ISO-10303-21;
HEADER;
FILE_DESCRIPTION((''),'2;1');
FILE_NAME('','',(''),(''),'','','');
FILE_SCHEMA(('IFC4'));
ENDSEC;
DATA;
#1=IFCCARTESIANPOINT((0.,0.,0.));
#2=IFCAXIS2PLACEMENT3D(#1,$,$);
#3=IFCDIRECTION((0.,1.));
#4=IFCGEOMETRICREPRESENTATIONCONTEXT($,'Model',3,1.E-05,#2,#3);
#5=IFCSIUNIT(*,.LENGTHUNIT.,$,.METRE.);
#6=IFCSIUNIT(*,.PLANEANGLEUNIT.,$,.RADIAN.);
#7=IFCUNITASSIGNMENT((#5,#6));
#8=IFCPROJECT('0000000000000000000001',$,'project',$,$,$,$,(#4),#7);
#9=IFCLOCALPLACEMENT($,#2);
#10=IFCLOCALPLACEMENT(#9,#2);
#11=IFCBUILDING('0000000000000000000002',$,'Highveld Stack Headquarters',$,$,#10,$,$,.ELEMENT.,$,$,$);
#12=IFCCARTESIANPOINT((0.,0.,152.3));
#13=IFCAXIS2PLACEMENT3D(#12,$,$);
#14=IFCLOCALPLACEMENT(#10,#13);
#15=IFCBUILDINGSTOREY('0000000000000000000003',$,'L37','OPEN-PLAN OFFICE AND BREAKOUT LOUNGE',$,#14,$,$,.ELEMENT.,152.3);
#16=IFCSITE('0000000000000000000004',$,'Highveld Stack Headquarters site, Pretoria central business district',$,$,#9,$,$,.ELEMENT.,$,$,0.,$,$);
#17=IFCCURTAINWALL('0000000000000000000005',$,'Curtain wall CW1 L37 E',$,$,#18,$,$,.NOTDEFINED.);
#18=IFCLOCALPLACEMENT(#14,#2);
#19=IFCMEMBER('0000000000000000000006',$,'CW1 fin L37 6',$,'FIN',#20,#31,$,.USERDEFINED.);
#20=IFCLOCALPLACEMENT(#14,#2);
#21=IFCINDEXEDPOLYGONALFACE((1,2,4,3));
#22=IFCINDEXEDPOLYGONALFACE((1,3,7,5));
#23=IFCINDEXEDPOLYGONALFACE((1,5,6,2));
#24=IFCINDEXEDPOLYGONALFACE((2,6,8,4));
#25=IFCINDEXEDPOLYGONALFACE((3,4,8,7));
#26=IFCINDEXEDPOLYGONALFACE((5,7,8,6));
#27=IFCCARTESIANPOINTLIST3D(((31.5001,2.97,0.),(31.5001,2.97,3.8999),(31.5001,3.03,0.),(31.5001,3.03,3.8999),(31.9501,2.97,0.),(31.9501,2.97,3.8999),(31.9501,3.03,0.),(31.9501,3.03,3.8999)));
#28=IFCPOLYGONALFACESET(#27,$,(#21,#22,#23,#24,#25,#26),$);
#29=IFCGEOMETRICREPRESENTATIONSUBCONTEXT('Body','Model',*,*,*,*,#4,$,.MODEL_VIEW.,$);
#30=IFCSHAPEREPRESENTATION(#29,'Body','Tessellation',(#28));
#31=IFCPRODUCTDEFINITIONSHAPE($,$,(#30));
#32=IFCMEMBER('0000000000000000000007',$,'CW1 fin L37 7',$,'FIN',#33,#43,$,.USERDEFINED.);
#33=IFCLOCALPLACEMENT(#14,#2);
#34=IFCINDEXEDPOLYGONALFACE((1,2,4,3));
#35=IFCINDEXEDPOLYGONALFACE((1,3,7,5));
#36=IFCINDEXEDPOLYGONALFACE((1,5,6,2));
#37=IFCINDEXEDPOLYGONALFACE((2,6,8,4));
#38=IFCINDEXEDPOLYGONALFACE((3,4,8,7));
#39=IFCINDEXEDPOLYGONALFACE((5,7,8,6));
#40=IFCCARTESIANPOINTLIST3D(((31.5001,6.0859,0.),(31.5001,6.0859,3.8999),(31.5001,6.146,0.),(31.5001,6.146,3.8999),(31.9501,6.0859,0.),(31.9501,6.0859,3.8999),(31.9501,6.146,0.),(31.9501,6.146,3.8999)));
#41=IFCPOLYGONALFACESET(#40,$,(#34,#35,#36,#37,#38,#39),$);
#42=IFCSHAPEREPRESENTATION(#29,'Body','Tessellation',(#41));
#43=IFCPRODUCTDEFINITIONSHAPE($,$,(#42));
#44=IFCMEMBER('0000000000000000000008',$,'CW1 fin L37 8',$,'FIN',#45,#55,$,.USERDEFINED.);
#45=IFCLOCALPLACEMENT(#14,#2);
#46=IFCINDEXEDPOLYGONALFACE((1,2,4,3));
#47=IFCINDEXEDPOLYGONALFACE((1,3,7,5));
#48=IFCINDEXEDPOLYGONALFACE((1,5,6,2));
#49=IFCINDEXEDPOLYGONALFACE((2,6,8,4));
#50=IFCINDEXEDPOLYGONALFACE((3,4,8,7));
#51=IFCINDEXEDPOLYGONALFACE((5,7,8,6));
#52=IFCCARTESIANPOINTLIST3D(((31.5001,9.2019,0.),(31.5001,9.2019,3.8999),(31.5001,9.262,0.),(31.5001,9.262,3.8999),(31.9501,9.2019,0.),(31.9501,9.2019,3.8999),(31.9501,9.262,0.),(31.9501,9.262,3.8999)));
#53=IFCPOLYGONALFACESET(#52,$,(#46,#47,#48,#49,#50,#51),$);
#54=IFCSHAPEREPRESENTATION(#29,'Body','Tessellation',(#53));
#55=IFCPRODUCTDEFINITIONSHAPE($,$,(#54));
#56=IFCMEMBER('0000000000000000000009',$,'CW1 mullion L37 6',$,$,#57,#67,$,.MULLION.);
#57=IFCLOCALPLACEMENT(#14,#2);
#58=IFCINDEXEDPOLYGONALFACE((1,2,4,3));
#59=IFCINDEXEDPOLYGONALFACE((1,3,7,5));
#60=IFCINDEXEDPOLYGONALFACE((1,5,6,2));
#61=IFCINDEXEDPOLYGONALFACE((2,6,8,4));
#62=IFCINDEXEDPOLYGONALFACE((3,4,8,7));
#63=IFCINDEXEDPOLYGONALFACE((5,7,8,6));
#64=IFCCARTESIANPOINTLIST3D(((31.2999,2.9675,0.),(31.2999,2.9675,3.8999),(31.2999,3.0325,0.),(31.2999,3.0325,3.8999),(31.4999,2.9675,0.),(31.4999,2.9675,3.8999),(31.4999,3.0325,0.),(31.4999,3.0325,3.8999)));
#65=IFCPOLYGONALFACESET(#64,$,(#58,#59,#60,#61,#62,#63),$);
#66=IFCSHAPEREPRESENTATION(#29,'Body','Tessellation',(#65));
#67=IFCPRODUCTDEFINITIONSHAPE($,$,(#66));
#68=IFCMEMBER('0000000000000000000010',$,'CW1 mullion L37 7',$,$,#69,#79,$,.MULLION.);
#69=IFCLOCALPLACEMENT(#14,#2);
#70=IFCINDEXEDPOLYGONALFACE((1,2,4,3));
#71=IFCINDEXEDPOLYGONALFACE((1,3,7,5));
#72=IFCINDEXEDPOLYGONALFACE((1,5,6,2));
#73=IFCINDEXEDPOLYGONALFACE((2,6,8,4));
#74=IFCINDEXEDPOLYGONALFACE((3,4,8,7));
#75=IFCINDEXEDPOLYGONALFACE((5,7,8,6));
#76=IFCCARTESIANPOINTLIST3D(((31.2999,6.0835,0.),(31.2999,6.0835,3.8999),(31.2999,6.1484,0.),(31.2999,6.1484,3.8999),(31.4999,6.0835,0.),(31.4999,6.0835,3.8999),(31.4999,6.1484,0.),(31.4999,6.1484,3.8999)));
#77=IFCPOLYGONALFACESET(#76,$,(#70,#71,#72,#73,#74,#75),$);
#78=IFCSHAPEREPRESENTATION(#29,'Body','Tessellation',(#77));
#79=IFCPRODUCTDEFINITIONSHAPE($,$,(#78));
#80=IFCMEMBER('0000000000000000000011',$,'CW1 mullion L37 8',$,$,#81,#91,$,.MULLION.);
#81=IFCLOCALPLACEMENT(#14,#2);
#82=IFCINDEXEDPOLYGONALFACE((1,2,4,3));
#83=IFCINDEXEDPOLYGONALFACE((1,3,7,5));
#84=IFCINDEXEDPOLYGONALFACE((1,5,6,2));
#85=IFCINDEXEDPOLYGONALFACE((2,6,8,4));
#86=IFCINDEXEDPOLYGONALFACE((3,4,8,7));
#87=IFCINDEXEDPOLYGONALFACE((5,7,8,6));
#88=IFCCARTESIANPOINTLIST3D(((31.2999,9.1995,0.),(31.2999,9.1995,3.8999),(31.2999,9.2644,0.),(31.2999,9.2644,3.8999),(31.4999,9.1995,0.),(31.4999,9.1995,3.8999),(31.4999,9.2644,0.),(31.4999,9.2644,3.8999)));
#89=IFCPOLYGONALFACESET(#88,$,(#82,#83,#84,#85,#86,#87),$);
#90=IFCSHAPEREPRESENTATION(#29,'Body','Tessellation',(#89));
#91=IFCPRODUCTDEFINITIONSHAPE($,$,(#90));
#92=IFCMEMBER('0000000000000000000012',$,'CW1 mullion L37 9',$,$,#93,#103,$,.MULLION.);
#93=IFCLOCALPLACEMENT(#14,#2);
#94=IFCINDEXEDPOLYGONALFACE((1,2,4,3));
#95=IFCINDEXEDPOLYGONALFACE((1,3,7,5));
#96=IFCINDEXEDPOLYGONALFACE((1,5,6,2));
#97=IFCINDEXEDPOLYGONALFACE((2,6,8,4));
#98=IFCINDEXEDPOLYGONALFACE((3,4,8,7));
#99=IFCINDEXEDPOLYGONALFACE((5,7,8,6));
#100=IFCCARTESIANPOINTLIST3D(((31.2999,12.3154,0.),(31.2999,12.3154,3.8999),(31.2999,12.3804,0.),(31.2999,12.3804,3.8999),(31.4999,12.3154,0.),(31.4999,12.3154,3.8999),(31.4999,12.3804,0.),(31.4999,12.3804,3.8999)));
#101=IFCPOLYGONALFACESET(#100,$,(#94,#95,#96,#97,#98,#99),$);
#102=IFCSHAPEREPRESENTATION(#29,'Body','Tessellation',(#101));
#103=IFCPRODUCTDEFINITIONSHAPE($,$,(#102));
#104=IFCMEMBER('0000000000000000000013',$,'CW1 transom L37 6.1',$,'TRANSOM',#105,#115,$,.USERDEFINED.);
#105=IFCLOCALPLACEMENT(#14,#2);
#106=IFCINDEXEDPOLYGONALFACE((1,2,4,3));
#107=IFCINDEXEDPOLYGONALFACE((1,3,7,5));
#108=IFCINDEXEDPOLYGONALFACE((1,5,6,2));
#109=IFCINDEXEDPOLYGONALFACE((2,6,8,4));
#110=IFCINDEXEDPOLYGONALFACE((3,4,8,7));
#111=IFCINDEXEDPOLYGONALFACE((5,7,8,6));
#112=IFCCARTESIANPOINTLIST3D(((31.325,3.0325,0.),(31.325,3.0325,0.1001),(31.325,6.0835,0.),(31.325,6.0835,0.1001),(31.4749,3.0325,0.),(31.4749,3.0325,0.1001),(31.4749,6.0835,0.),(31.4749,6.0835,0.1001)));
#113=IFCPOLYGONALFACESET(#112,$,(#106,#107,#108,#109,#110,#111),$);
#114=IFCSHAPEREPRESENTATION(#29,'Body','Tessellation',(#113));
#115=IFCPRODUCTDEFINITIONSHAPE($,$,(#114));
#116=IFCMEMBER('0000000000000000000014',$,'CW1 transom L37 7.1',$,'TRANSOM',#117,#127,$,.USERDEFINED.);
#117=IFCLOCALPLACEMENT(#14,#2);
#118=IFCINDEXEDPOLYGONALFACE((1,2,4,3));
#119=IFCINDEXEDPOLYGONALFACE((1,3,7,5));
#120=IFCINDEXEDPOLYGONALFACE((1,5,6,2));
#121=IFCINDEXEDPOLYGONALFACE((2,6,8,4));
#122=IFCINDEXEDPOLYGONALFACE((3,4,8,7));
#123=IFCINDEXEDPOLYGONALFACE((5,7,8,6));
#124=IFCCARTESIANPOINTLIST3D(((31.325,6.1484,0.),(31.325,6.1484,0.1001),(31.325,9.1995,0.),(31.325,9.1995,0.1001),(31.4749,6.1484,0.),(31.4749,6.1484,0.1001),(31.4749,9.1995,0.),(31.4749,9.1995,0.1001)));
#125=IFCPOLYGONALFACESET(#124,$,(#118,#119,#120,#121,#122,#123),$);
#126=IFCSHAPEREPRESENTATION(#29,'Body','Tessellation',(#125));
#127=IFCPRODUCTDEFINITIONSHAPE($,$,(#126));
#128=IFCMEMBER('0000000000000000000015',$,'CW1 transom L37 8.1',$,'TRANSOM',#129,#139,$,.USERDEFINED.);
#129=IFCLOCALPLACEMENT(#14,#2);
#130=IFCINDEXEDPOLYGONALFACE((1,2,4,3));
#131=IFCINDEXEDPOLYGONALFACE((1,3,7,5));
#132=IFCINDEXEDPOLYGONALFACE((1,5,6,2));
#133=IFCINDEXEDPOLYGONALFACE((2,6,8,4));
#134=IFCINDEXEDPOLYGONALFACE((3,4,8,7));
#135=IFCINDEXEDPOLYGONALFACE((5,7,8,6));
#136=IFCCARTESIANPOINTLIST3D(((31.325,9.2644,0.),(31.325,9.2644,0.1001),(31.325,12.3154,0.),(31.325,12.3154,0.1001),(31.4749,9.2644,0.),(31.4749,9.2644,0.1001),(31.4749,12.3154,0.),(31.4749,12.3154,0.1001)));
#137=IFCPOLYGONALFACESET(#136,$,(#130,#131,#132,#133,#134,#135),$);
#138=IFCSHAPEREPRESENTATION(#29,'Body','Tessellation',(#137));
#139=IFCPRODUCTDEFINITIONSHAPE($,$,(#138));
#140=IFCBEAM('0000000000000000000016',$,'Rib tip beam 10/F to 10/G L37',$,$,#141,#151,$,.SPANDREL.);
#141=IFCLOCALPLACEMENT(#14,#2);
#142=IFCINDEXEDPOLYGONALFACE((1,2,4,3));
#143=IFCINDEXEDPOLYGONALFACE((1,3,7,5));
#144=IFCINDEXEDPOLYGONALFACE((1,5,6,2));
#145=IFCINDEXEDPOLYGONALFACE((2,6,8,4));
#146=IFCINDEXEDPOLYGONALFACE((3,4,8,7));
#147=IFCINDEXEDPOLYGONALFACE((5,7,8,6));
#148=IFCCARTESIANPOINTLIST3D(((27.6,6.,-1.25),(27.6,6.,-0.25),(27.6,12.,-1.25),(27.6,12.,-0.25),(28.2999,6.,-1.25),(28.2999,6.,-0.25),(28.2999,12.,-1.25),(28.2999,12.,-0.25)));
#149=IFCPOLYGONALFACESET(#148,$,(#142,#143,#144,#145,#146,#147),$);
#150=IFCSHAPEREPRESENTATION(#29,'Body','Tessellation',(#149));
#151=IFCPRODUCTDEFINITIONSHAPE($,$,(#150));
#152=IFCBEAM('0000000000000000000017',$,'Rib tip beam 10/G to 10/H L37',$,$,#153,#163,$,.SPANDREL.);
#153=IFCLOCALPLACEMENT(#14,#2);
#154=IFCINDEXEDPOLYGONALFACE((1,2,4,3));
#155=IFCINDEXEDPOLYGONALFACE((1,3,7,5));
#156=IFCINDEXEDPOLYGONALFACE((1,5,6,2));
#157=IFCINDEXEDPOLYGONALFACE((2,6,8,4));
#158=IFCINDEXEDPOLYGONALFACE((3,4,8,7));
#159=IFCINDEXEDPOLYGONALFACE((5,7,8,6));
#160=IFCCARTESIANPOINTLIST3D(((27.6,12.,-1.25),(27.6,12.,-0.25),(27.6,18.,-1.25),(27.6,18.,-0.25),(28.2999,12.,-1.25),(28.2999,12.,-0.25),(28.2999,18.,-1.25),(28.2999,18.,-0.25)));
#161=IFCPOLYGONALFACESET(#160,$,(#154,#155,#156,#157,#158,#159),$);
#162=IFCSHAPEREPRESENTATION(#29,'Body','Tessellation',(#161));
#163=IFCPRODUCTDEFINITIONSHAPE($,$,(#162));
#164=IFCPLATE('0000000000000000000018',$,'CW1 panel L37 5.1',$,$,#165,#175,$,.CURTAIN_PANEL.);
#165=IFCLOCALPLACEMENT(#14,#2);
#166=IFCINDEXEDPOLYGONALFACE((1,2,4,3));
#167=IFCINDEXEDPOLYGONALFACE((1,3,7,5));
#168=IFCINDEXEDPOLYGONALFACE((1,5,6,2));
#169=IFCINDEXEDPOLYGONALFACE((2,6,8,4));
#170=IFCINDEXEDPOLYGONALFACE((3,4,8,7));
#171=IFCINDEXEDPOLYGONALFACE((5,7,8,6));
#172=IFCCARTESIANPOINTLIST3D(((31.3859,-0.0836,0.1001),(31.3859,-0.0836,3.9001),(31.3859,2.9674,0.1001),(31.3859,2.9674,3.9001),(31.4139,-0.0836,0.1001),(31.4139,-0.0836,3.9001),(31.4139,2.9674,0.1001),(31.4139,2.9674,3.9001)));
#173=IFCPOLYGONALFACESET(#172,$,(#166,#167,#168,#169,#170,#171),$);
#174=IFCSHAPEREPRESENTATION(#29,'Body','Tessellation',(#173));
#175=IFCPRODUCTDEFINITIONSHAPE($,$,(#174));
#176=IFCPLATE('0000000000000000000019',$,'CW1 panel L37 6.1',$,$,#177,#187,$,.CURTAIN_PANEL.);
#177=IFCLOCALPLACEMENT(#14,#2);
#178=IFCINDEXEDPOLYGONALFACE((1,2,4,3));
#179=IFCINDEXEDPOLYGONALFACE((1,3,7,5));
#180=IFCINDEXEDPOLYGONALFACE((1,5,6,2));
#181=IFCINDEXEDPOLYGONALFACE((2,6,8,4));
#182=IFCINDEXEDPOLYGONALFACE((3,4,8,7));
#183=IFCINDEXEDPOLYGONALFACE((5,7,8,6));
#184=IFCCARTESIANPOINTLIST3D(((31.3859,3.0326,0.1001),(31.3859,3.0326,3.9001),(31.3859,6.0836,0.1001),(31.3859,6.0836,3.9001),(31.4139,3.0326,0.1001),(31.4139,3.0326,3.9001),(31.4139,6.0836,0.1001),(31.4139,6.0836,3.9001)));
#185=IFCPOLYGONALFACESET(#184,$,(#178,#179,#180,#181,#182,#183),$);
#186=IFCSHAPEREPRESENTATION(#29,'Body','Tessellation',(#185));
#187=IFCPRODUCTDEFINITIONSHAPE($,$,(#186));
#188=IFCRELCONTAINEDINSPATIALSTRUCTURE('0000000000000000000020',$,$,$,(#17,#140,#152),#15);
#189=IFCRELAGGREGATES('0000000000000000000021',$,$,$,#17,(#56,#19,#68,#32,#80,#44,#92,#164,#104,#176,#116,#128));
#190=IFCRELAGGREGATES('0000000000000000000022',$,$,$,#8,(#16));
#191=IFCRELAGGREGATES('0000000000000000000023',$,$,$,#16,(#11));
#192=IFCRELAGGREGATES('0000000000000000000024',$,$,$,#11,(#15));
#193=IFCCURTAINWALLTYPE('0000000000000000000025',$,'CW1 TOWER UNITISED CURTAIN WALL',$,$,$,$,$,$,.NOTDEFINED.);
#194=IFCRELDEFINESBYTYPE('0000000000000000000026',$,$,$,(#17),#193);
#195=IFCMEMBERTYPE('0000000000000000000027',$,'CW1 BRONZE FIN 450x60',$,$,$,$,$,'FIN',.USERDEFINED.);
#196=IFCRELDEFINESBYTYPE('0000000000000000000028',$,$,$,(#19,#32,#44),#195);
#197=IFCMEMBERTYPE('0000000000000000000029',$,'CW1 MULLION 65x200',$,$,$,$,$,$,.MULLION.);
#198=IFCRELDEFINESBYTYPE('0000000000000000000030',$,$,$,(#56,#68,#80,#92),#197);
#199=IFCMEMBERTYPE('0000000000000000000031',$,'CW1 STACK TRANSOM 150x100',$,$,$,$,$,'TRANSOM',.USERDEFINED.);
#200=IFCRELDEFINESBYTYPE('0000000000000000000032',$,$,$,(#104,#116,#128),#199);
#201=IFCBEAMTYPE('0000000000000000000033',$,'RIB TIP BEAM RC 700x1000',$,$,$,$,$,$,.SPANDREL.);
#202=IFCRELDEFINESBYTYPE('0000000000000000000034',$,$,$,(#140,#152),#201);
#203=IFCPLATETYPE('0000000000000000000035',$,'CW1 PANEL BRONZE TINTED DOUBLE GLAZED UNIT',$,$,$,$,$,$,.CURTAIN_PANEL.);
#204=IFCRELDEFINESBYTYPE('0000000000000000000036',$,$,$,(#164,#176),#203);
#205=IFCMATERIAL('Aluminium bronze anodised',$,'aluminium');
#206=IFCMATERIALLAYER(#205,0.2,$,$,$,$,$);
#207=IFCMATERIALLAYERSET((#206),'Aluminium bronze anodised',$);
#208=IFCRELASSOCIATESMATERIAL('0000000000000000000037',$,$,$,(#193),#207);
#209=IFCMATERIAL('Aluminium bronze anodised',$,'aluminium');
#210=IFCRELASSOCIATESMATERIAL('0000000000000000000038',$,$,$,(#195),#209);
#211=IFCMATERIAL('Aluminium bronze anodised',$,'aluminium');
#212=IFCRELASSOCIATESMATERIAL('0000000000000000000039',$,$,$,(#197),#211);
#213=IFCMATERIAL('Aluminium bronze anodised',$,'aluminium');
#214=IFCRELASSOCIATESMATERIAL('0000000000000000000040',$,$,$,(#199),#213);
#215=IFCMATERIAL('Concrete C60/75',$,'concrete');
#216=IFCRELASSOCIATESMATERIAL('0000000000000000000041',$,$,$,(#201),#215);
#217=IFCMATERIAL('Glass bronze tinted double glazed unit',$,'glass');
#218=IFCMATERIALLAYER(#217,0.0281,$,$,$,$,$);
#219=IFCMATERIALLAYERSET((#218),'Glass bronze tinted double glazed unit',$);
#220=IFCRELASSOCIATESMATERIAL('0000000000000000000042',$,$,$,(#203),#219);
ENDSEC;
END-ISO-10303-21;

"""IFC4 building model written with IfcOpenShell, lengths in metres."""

from ifc_helpers import new_model, si_unit, direction, frame, origin, origin_2d, place, context, subcontext, project, spatial, rectangle, extrude, material, layer, layer_set, material_profile, profile_set, type_object, element, aggregate, save


model = new_model("IFC4")

# Units and contexts
model_context = context("Model", 3, precision=1e-05, world=origin(), true_north=direction((0.0, 1.0)))
body_context = subcontext(model_context, "Body", "Model", "MODEL_VIEW")
ifc_project = project(units=[si_unit("LENGTHUNIT", "METRE"), si_unit("PLANEANGLEUNIT", "RADIAN")], contexts=[model_context])

# Site, building, storey
site_placement = place(None, origin())
site = spatial("IfcSite", under=ifc_project, at=site_placement, Name="Highveld Stack Headquarters site, Pretoria central business district", CompositionType="ELEMENT", RefElevation=0.0)
building_placement = place(site_placement, origin())
building = spatial("IfcBuilding", under=site, at=building_placement, Name="Highveld Stack Headquarters", CompositionType="ELEMENT")
storey_placement = place(building_placement, frame((0.0, 0.0, 152.3)))
storey = spatial("IfcBuildingStorey", under=building, at=storey_placement, Name="L37", Description="OPEN-PLAN OFFICE AND BREAKOUT LOUNGE", CompositionType="ELEMENT", Elevation=152.3)

# Curtain wall, members
ifc_material_1 = material(Name="Aluminium bronze anodised", Category="aluminium")
ifc_layer_1 = layer(ifc_material_1, 0.2)
ifc_layer_set_1 = layer_set([ifc_layer_1], Name="Aluminium bronze anodised")
curtain_wall_type = type_object("IfcCurtainWallType", Name="CW1 TOWER UNITISED CURTAIN WALL", PredefinedType="NOTDEFINED", material=ifc_layer_set_1)
curtain_wall_placement = place(storey_placement, origin())
curtain_wall = element("IfcCurtainWall", 1, at=curtain_wall_placement, inside=storey, type_object=curtain_wall_type, Name="Curtain wall CW1 L37 E", PredefinedType="NOTDEFINED")
ifc_material_2 = material(Name="Aluminium bronze anodised", Category="aluminium")
ifc_material_profile_1 = material_profile(ifc_material_2, rectangle(XDim=0.45, YDim=0.0601, at=origin_2d()), Name="FIN 450x60")
ifc_profile_set_1 = profile_set([ifc_material_profile_1], Name="Aluminium bronze anodised")
member_type_1 = type_object("IfcMemberType", Name="CW1 BRONZE FIN 450x60", ElementType="FIN", PredefinedType="USERDEFINED", material=ifc_profile_set_1)
member_1_placement = place(storey_placement, frame((31.7251, 3.0, 0.0), z_axis=(0.0, 0.0, 1.0), x_axis=(-1.0, 0.0, 0.0)))
member_1 = element("IfcMember", 2, at=member_1_placement, type_object=member_type_1, Name="CW1 fin L37 6", ObjectType="FIN", PredefinedType="USERDEFINED", context=body_context, shape_type="SweptSolid", body=[
    extrude(rectangle(XDim=0.45, YDim=0.0601, at=origin_2d()), origin(), (0.0, 0.0, 1.0), 3.8999),
])
member_2_placement = place(storey_placement, frame((31.7251, 6.116, 0.0), z_axis=(0.0, 0.0, 1.0), x_axis=(-1.0, 0.0, 0.0)))
member_2 = element("IfcMember", 3, at=member_2_placement, type_object=member_type_1, Name="CW1 fin L37 7", ObjectType="FIN", PredefinedType="USERDEFINED", context=body_context, shape_type="SweptSolid", body=[
    extrude(rectangle(XDim=0.45, YDim=0.0601, at=origin_2d()), origin(), (0.0, 0.0, 1.0), 3.8999),
])
member_3_placement = place(storey_placement, frame((31.7251, 9.2319, 0.0), z_axis=(0.0, 0.0, 1.0), x_axis=(-1.0, 0.0, 0.0)))
member_3 = element("IfcMember", 4, at=member_3_placement, type_object=member_type_1, Name="CW1 fin L37 8", ObjectType="FIN", PredefinedType="USERDEFINED", context=body_context, shape_type="SweptSolid", body=[
    extrude(rectangle(XDim=0.45, YDim=0.0601, at=origin_2d()), origin(), (0.0, 0.0, 1.0), 3.8999),
])
ifc_material_3 = material(Name="Aluminium bronze anodised", Category="aluminium")
ifc_material_profile_2 = material_profile(ifc_material_3, rectangle(XDim=0.2, YDim=0.0649, at=origin_2d()), Name="CW1 MULLION 65x200")
ifc_profile_set_2 = profile_set([ifc_material_profile_2], Name="Aluminium bronze anodised")
member_type_2 = type_object("IfcMemberType", Name="CW1 MULLION 65x200", PredefinedType="MULLION", material=ifc_profile_set_2)
member_4_placement = place(storey_placement, frame((31.3999, 3.0, 0.0), z_axis=(0.0, 0.0, 1.0), x_axis=(-1.0, 0.0, 0.0)))
member_4 = element("IfcMember", 5, at=member_4_placement, type_object=member_type_2, Name="CW1 mullion L37 6", PredefinedType="MULLION", context=body_context, shape_type="SweptSolid", body=[
    extrude(rectangle(XDim=0.2, YDim=0.0649, at=origin_2d()), origin(), (0.0, 0.0, 1.0), 3.8999),
])
member_5_placement = place(storey_placement, frame((31.3999, 6.116, 0.0), z_axis=(0.0, 0.0, 1.0), x_axis=(-1.0, 0.0, 0.0)))
member_5 = element("IfcMember", 6, at=member_5_placement, type_object=member_type_2, Name="CW1 mullion L37 7", PredefinedType="MULLION", context=body_context, shape_type="SweptSolid", body=[
    extrude(rectangle(XDim=0.2, YDim=0.0649, at=origin_2d()), origin(), (0.0, 0.0, 1.0), 3.8999),
])
member_6_placement = place(storey_placement, frame((31.3999, 9.2319, 0.0), z_axis=(0.0, 0.0, 1.0), x_axis=(-1.0, 0.0, 0.0)))
member_6 = element("IfcMember", 7, at=member_6_placement, type_object=member_type_2, Name="CW1 mullion L37 8", PredefinedType="MULLION", context=body_context, shape_type="SweptSolid", body=[
    extrude(rectangle(XDim=0.2, YDim=0.0649, at=origin_2d()), origin(), (0.0, 0.0, 1.0), 3.8999),
])
member_7_placement = place(storey_placement, frame((31.3999, 12.3479, 0.0), z_axis=(0.0, 0.0, 1.0), x_axis=(-1.0, 0.0, 0.0)))
member_7 = element("IfcMember", 8, at=member_7_placement, type_object=member_type_2, Name="CW1 mullion L37 9", PredefinedType="MULLION", context=body_context, shape_type="SweptSolid", body=[
    extrude(rectangle(XDim=0.2, YDim=0.0649, at=origin_2d()), origin(), (0.0, 0.0, 1.0), 3.8999),
])
ifc_material_4 = material(Name="Aluminium bronze anodised", Category="aluminium")
ifc_material_profile_3 = material_profile(ifc_material_4, rectangle(XDim=0.1499, YDim=0.1001, at=origin_2d()), Name="CW1 TRANSOM 150x100")
ifc_profile_set_3 = profile_set([ifc_material_profile_3], Name="Aluminium bronze anodised")
member_type_3 = type_object("IfcMemberType", Name="CW1 STACK TRANSOM 150x100", ElementType="TRANSOM", PredefinedType="USERDEFINED", material=ifc_profile_set_3)
member_8_placement = place(storey_placement, frame((31.3999, 3.0325, 0.05), z_axis=(0.0, 1.0, 0.0), x_axis=(-1.0, 0.0, 0.0)))
member_8 = element("IfcMember", 9, at=member_8_placement, type_object=member_type_3, Name="CW1 transom L37 6.1", ObjectType="TRANSOM", PredefinedType="USERDEFINED", context=body_context, shape_type="SweptSolid", body=[
    extrude(rectangle(XDim=0.1499, YDim=0.1001, at=origin_2d()), origin(), (0.0, 0.0, 1.0), 3.051),
])
member_9_placement = place(storey_placement, frame((31.3999, 6.1484, 0.05), z_axis=(0.0, 1.0, 0.0), x_axis=(-1.0, 0.0, 0.0)))
member_9 = element("IfcMember", 10, at=member_9_placement, type_object=member_type_3, Name="CW1 transom L37 7.1", ObjectType="TRANSOM", PredefinedType="USERDEFINED", context=body_context, shape_type="SweptSolid", body=[
    extrude(rectangle(XDim=0.1499, YDim=0.1001, at=origin_2d()), origin(), (0.0, 0.0, 1.0), 3.051),
])
member_10_placement = place(storey_placement, frame((31.3999, 9.2644, 0.05), z_axis=(0.0, 1.0, 0.0), x_axis=(-1.0, 0.0, 0.0)))
member_10 = element("IfcMember", 11, at=member_10_placement, type_object=member_type_3, Name="CW1 transom L37 8.1", ObjectType="TRANSOM", PredefinedType="USERDEFINED", context=body_context, shape_type="SweptSolid", body=[
    extrude(rectangle(XDim=0.1499, YDim=0.1001, at=origin_2d()), origin(), (0.0, 0.0, 1.0), 3.051),
])

# Beams
ifc_material_5 = material(Name="Concrete C60/75", Category="concrete")
ifc_material_profile_4 = material_profile(ifc_material_5, rectangle(XDim=0.7, YDim=1.0, at=origin_2d()), Name="RC 700x1000")
ifc_profile_set_4 = profile_set([ifc_material_profile_4], Name="Concrete C60/75")
beam_type = type_object("IfcBeamType", Name="RIB TIP BEAM RC 700x1000", PredefinedType="SPANDREL", material=ifc_profile_set_4)
for number, where, z_axis, x_axis, name in (
    (12, (27.95, 6.0, -0.75), (0.0, 1.0, 0.0), (-1.0, 0.0, 0.0), "Rib tip beam 10/F to 10/G L37"),
    (13, (27.95, 12.0, -0.75), (0.0, 1.0, 0.0), (-1.0, 0.0, 0.0), "Rib tip beam 10/G to 10/H L37"),
):
    element("IfcBeam", number, at=place(storey_placement, frame(where, z_axis=z_axis, x_axis=x_axis)), inside=storey, type_object=beam_type, Name=name, PredefinedType="SPANDREL", context=body_context, shape_type="SweptSolid", body=[
        extrude(rectangle(XDim=0.7, YDim=1.0, at=origin_2d()), origin(), (0.0, 0.0, 1.0), 6.0),
    ])

# Plates
ifc_material_6 = material(Name="Glass bronze tinted double glazed unit", Category="glass")
ifc_layer_2 = layer(ifc_material_6, 0.0281)
ifc_layer_set_2 = layer_set([ifc_layer_2], Name="Glass bronze tinted double glazed unit")
plate_type = type_object("IfcPlateType", Name="CW1 PANEL BRONZE TINTED DOUBLE GLAZED UNIT", PredefinedType="CURTAIN_PANEL", material=ifc_layer_set_2)
plate_1_placement = place(storey_placement, frame((31.3999, 1.4419, 0.1001), z_axis=(0.0, 0.0, 1.0), x_axis=(0.0, 1.0, 0.0)))
plate_1 = element("IfcPlate", 14, at=plate_1_placement, type_object=plate_type, Name="CW1 panel L37 5.1", PredefinedType="CURTAIN_PANEL", context=body_context, shape_type="SweptSolid", body=[
    extrude(rectangle(XDim=3.051, YDim=0.0281, at=origin_2d()), origin(), (0.0, 0.0, 1.0), 3.8),
])
plate_2_placement = place(storey_placement, frame((31.3999, 4.5581, 0.1001), z_axis=(0.0, 0.0, 1.0), x_axis=(0.0, 1.0, 0.0)))
plate_2 = element("IfcPlate", 15, at=plate_2_placement, type_object=plate_type, Name="CW1 panel L37 6.1", PredefinedType="CURTAIN_PANEL", context=body_context, shape_type="SweptSolid", body=[
    extrude(rectangle(XDim=3.051, YDim=0.0281, at=origin_2d()), origin(), (0.0, 0.0, 1.0), 3.8),
])
aggregate(curtain_wall, [member_4, member_1, member_5, member_2, member_6, member_3, member_7, plate_1, member_8, plate_2, member_9, member_10])

save(model, "model.ifc")
